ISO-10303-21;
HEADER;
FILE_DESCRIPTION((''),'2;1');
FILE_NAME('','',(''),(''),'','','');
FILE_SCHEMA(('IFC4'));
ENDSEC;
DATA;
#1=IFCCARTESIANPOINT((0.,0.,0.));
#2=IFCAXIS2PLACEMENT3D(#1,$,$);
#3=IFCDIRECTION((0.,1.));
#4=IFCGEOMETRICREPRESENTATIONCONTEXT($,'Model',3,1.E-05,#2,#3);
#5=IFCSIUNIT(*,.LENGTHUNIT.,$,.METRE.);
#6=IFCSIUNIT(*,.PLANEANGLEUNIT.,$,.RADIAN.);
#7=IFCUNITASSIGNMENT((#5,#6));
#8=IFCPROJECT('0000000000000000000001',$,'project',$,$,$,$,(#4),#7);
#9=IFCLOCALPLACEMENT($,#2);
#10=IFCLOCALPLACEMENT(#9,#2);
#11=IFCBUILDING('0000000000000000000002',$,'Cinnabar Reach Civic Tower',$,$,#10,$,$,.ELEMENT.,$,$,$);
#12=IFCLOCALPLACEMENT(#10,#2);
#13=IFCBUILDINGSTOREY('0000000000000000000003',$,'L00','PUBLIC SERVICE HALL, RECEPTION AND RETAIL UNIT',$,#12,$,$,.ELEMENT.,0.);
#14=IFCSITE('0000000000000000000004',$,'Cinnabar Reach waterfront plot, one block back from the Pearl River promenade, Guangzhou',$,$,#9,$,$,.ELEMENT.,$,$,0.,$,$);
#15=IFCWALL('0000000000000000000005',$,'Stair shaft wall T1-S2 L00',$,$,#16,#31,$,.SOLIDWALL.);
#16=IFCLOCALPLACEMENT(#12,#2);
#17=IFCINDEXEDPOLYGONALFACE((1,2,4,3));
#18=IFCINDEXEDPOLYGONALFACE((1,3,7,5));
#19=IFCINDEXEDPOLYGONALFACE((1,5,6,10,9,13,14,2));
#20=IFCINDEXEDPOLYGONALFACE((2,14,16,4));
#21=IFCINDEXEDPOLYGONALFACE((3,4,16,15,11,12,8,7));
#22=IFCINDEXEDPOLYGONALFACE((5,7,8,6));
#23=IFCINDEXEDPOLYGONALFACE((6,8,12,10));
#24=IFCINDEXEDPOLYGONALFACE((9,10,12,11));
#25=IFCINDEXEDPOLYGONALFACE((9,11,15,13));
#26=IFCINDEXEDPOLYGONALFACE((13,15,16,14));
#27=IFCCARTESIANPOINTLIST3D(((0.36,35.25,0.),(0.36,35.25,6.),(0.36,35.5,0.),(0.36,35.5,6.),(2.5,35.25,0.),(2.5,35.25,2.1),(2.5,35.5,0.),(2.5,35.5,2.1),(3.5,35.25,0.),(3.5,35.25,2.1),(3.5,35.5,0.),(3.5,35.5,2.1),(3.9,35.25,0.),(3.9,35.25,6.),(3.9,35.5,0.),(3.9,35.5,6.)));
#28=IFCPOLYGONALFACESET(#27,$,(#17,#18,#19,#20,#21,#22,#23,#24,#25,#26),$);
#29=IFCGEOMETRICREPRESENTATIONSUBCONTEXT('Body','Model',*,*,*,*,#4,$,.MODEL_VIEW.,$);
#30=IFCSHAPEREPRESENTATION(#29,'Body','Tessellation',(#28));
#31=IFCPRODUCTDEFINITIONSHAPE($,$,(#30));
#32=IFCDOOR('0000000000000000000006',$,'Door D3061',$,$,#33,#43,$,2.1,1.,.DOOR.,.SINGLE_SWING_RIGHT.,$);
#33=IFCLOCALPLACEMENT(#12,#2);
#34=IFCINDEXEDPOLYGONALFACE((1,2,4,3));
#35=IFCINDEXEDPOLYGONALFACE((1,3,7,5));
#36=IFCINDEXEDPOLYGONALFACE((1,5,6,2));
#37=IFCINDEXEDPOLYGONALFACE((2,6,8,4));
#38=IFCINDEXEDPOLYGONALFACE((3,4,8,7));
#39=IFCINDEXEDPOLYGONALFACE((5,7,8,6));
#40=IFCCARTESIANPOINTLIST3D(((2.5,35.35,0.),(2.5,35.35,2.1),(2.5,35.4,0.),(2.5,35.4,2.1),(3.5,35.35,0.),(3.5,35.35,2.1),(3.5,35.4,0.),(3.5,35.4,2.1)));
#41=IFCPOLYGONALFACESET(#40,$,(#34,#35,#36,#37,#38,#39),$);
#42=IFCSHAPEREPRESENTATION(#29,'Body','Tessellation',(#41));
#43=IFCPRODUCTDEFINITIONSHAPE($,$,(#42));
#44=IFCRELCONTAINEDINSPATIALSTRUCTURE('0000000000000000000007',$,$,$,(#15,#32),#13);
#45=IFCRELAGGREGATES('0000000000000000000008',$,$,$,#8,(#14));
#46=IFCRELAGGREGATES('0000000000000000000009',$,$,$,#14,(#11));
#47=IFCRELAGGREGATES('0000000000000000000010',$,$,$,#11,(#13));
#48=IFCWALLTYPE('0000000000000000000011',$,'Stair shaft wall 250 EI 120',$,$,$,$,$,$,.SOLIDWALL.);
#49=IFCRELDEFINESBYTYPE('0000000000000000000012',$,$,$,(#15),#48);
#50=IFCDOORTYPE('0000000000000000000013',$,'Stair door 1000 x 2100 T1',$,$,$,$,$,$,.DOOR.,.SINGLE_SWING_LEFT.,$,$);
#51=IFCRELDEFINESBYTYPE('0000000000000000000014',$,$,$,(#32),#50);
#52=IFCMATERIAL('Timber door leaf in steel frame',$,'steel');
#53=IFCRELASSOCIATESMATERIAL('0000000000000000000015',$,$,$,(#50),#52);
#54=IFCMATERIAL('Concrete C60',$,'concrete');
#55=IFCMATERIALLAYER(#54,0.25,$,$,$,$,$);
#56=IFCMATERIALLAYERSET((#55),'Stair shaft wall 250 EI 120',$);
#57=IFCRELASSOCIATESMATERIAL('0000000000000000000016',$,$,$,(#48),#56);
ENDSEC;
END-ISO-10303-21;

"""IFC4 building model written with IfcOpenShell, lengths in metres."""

from ifc_helpers import new_model, si_unit, direction, frame, frame_2d, origin, place, context, subcontext, project, spatial, rectangle, extrude, material, layer, layer_set, type_object, element, fill, save


model = new_model("IFC4")

# Units and contexts
model_context = context("Model", 3, precision=1e-05, world=origin(), true_north=direction((0.0, 1.0)))
body_context = subcontext(model_context, "Body", "Model", "MODEL_VIEW")
ifc_project = project(units=[si_unit("LENGTHUNIT", "METRE"), si_unit("PLANEANGLEUNIT", "RADIAN")], contexts=[model_context])

# Site, building, storey
site_placement = place(None, origin())
site = spatial("IfcSite", under=ifc_project, at=site_placement, Name="Cinnabar Reach waterfront plot, one block back from the Pearl River promenade, Guangzhou", CompositionType="ELEMENT", RefElevation=0.0)
building_placement = place(site_placement, origin())
building = spatial("IfcBuilding", under=site, at=building_placement, Name="Cinnabar Reach Civic Tower", CompositionType="ELEMENT")
storey_placement = place(building_placement, origin())
storey = spatial("IfcBuildingStorey", under=building, at=storey_placement, Name="L00", Description="PUBLIC SERVICE HALL, RECEPTION AND RETAIL UNIT", CompositionType="ELEMENT", Elevation=0.0)

# Shared definitions
ifc_material_1 = material(Name="Concrete C60", Category="concrete")

# Shared definitions
ifc_material_2 = material(Name="Timber door leaf in steel frame", Category="steel")
door_type_1 = type_object("IfcDoorType", Name="Stair door 1000 x 2100 T1", OperationType="SINGLE_SWING_LEFT", PredefinedType="DOOR", material=ifc_material_2)

# Wall, opening, door
ifc_layer_1 = layer(ifc_material_1, 0.25)
ifc_layer_set_1 = layer_set([ifc_layer_1], Name="Stair shaft wall 250 EI 120")
wall_type_1 = type_object("IfcWallType", Name="Stair shaft wall 250 EI 120", PredefinedType="SOLIDWALL", material=ifc_layer_set_1)
wall_1_placement = place(storey_placement, frame((0.36, 35.375, 0.0), z_axis=(0.0, 0.0, 1.0), x_axis=(1.0, 0.0, 0.0)))
wall_1 = element("IfcWall", 1, at=wall_1_placement, inside=storey, type_object=wall_type_1, Name="Stair shaft wall T1-S2 L00", PredefinedType="SOLIDWALL", context=body_context, shape_type="SweptSolid", body=[
    extrude(rectangle(XDim=3.54, YDim=0.25, at=frame_2d((1.77, 0.0))), origin(), (0.0, 0.0, 1.0), 6.0),
])
opening_1_placement = place(wall_1_placement, frame((2.14, 0.0, 0.0)))
opening_1 = element("IfcOpeningElement", 2, at=opening_1_placement, cuts=wall_1, PredefinedType="OPENING", context=body_context, shape_type="SweptSolid", body=[
    extrude(rectangle(XDim=1.0, YDim=2.1, at=frame_2d((0.5, 1.05))), frame((0.0, 0.135, 0.0), z_axis=(0.0, -1.0, 0.0), x_axis=(1.0, 0.0, 0.0)), (0.0, 0.0, 1.0), 0.27),
])
door_1_placement = place(opening_1_placement, origin())
door_1 = element("IfcDoor", 3, at=door_1_placement, inside=storey, type_object=door_type_1, Name="Door D3061", OperationType="SINGLE_SWING_RIGHT", OverallHeight=2.1, OverallWidth=1.0, PredefinedType="DOOR", context=body_context, shape_type="SweptSolid", body=[
    extrude(rectangle(XDim=1.0, YDim=2.1, at=frame_2d((0.5, 1.05))), frame((0.0, 0.025, 0.0), z_axis=(0.0, -1.0, 0.0), x_axis=(1.0, 0.0, 0.0)), (0.0, 0.0, 1.0), 0.05),
])
fill(opening_1, door_1)

save(model, "model.ifc")
